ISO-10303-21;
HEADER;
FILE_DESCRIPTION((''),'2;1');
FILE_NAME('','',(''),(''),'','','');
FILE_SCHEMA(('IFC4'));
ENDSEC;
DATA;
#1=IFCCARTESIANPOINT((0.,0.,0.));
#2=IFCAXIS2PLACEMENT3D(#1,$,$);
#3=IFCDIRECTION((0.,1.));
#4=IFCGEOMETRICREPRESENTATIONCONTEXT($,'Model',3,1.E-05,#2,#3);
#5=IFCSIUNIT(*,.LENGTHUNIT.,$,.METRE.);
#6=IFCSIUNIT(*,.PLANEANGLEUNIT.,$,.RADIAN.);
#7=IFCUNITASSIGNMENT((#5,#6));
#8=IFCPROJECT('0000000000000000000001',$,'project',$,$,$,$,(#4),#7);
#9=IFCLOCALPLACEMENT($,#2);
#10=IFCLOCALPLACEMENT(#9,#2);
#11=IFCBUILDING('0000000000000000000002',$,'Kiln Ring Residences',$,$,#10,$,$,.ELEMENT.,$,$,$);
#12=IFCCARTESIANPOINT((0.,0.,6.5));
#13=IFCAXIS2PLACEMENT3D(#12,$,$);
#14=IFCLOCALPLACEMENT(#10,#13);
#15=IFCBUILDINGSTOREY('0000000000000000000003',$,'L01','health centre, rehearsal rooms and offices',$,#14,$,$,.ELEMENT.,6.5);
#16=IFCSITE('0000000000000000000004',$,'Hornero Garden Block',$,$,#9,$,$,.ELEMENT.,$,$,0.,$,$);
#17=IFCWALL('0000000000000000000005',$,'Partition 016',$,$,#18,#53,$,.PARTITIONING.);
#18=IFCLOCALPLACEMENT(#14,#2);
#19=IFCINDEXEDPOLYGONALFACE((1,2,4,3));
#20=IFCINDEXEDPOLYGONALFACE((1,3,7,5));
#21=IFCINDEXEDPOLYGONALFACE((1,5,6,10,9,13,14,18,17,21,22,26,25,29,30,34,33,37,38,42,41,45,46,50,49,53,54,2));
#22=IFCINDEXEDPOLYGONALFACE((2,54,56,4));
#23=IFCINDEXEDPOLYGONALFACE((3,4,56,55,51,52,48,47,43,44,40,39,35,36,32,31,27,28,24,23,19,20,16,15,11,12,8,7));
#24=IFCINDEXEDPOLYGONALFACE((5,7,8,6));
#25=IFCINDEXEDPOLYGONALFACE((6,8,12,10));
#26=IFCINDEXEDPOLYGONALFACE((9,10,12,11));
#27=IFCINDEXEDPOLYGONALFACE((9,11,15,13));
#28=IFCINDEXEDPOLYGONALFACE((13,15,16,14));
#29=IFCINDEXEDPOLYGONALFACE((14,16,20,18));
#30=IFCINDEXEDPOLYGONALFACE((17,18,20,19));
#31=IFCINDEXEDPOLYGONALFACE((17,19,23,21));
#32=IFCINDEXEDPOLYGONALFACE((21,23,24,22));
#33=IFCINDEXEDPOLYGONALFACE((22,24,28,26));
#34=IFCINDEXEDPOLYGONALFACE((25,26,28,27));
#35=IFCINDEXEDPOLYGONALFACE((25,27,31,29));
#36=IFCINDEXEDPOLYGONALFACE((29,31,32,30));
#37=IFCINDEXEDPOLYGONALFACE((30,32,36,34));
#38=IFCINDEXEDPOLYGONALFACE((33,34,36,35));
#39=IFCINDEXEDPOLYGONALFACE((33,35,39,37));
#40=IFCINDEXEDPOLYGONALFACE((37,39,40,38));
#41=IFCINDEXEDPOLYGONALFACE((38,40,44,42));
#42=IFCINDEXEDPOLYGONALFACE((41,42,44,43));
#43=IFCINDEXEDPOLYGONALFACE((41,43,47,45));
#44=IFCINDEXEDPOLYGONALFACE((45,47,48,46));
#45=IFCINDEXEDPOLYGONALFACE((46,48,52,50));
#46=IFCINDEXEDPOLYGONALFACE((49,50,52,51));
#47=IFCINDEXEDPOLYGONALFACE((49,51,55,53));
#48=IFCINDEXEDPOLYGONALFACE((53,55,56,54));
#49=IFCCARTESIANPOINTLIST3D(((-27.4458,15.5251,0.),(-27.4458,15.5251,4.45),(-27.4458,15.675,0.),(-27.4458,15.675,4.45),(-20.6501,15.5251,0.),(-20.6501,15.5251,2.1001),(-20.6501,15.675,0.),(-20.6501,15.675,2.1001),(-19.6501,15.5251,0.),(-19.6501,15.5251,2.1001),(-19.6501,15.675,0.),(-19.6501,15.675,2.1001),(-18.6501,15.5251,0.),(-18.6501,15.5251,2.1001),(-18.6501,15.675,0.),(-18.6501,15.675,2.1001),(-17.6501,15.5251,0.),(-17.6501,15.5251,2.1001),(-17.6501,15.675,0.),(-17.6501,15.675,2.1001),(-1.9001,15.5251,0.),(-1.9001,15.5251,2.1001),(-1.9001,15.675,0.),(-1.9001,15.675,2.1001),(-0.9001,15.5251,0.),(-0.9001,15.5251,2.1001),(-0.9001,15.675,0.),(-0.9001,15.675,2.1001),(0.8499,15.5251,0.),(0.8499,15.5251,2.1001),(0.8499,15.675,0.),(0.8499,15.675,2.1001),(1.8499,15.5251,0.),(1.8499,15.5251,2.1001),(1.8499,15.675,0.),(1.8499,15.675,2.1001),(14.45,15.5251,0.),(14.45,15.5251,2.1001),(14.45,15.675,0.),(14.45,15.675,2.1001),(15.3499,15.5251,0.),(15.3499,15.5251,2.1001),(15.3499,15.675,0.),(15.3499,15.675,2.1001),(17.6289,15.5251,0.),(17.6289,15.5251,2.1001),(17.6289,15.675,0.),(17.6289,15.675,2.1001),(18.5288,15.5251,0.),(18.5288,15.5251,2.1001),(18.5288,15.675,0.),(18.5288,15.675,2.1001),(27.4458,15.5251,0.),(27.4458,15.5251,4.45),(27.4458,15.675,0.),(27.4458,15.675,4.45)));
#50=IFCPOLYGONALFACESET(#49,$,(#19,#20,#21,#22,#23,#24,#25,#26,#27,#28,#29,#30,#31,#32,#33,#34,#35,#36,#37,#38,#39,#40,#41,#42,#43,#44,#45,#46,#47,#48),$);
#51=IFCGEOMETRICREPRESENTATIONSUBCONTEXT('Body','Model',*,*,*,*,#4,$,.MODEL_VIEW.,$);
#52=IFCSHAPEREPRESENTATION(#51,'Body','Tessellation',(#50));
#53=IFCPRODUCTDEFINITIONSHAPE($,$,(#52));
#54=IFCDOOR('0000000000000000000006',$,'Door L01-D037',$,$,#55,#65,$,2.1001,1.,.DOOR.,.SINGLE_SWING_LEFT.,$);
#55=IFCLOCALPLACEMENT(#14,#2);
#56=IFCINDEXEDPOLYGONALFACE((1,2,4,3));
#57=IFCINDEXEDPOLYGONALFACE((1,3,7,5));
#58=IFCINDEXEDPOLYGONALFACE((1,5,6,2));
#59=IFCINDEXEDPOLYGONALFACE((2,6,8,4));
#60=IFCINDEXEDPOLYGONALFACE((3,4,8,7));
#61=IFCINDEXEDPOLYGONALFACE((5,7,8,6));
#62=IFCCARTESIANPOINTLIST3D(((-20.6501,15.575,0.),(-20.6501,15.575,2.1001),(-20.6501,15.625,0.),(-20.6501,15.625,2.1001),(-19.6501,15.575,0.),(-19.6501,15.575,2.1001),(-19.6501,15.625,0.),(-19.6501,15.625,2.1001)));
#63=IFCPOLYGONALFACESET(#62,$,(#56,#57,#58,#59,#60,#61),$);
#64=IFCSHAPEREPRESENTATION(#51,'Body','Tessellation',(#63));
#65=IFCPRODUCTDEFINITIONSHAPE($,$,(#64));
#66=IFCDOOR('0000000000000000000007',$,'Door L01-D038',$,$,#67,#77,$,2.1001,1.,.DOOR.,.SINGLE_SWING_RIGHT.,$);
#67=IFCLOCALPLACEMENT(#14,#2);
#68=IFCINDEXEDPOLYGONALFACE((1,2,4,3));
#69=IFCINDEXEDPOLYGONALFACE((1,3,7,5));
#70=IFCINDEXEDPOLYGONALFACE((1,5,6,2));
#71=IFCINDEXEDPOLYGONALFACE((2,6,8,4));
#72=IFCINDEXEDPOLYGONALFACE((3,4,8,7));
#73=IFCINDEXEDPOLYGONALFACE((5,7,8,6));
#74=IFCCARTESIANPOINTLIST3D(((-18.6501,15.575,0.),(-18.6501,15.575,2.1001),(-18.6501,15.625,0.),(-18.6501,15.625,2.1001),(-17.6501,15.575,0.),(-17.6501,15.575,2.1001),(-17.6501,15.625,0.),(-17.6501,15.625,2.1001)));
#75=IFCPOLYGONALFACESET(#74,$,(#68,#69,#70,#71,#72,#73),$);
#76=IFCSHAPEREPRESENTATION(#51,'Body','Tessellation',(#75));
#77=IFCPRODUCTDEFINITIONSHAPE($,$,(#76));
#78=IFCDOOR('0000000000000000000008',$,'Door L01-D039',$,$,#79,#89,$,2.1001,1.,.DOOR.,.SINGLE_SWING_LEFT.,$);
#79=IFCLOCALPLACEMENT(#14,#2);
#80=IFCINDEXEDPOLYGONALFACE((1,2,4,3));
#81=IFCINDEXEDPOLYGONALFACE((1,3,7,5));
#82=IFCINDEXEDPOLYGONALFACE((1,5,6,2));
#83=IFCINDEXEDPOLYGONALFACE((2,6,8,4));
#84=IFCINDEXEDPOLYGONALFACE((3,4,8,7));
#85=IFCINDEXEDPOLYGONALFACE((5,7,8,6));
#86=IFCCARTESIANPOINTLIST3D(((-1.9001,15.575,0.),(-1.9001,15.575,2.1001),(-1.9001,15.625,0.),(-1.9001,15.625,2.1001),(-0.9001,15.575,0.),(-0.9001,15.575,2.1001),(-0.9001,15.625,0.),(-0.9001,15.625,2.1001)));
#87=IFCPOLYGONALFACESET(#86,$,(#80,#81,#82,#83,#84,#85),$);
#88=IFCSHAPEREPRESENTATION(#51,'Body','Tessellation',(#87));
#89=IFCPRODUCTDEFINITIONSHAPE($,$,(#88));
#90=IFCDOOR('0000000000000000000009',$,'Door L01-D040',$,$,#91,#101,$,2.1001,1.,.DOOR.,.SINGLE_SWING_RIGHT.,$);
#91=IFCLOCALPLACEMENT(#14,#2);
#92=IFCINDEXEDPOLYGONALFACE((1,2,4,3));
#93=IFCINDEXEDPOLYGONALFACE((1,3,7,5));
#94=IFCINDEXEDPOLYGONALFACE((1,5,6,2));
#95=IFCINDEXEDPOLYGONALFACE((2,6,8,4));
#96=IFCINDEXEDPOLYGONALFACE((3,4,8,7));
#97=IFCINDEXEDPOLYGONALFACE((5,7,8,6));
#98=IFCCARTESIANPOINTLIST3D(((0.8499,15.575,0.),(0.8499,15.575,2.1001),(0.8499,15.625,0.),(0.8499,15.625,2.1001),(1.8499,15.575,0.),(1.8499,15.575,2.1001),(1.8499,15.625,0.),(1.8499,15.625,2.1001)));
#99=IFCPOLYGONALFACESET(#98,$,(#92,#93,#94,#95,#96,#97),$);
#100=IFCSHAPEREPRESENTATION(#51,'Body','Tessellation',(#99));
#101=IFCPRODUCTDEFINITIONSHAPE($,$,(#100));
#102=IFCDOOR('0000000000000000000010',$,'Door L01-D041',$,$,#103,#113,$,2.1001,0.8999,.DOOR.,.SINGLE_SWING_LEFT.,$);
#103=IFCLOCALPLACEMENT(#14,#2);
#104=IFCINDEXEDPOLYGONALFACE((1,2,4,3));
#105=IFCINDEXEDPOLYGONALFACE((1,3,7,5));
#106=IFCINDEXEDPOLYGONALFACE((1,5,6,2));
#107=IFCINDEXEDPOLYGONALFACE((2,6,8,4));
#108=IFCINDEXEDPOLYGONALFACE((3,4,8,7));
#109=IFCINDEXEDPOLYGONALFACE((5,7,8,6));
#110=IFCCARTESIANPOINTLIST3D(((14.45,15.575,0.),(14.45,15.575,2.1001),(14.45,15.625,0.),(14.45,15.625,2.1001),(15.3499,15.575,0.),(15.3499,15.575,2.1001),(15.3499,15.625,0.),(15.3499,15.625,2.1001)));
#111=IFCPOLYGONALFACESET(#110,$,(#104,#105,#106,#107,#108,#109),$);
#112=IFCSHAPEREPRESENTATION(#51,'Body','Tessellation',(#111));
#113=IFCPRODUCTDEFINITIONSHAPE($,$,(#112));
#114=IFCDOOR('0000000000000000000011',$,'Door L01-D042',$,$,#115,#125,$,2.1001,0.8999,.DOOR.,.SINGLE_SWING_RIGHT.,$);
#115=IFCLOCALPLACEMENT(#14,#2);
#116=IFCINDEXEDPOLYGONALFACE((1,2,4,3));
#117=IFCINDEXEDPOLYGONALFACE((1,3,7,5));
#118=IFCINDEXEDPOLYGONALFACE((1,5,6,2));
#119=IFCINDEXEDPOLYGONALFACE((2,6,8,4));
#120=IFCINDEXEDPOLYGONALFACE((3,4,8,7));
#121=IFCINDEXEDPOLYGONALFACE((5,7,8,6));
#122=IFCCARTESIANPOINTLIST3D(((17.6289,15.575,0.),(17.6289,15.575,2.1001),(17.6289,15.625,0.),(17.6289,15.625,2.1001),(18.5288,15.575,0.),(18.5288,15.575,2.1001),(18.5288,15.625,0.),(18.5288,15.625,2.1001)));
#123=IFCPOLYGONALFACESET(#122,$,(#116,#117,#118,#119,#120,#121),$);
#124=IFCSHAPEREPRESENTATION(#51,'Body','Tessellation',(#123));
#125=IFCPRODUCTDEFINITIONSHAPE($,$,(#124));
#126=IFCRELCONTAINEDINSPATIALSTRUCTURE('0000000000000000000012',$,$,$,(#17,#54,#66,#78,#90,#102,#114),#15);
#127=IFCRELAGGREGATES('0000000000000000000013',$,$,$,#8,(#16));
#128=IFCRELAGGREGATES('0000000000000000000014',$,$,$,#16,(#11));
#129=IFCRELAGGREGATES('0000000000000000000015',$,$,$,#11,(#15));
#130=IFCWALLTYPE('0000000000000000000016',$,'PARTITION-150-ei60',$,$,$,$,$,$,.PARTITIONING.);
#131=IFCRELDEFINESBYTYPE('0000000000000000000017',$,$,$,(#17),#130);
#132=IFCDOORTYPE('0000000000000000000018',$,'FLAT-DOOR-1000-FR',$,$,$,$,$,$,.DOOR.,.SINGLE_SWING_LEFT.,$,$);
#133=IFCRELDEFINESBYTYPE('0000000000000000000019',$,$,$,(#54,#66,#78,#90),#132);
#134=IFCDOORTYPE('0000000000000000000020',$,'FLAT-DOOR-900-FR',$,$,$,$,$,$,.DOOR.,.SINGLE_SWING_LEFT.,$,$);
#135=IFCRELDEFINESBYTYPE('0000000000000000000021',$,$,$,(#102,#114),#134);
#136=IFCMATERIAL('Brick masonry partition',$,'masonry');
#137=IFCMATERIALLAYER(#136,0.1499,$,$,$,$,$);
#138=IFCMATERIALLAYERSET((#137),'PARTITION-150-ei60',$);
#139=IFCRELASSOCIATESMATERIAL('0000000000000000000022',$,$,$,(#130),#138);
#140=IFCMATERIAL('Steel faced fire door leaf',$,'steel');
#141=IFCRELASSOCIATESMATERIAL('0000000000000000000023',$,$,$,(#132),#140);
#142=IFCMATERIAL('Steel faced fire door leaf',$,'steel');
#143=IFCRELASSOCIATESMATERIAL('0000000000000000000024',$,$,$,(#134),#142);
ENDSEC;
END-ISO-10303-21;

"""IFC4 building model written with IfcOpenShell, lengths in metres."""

from ifc_helpers import new_model, si_unit, direction, frame, frame_2d, origin, place, context, subcontext, project, spatial, rectangle, extrude, material, layer, layer_set, type_object, element, fill, save


model = new_model("IFC4")

# Units and contexts
model_context = context("Model", 3, precision=1e-05, world=origin(), true_north=direction((0.0, 1.0)))
body_context = subcontext(model_context, "Body", "Model", "MODEL_VIEW")
ifc_project = project(units=[si_unit("LENGTHUNIT", "METRE"), si_unit("PLANEANGLEUNIT", "RADIAN")], contexts=[model_context])

# Site, building, storey
site_placement = place(None, origin())
site = spatial("IfcSite", under=ifc_project, at=site_placement, Name="Hornero Garden Block", CompositionType="ELEMENT", RefElevation=0.0)
building_placement = place(site_placement, origin())
building = spatial("IfcBuilding", under=site, at=building_placement, Name="Kiln Ring Residences", CompositionType="ELEMENT")
storey_placement = place(building_placement, frame((0.0, 0.0, 6.5)))
storey = spatial("IfcBuildingStorey", under=building, at=storey_placement, Name="L01", Description="health centre, rehearsal rooms and offices", CompositionType="ELEMENT", Elevation=6.5)

# Wall, openings, doors
ifc_material_1 = material(Name="Brick masonry partition", Category="masonry")
ifc_layer_1 = layer(ifc_material_1, 0.1499)
ifc_layer_set_1 = layer_set([ifc_layer_1], Name="PARTITION-150-ei60")
wall_type_1 = type_object("IfcWallType", Name="PARTITION-150-ei60", PredefinedType="PARTITIONING", material=ifc_layer_set_1)
wall_1_placement = place(storey_placement, frame((-27.4458, 15.6001, 0.0), z_axis=(0.0, 0.0, 1.0), x_axis=(1.0, 0.0, 0.0)))
wall_1 = element("IfcWall", 1, at=wall_1_placement, inside=storey, type_object=wall_type_1, Name="Partition 016", PredefinedType="PARTITIONING", context=body_context, shape_type="SweptSolid", body=[
    extrude(rectangle(XDim=54.8916, YDim=0.1499, at=frame_2d((27.4458, 0.0))), origin(), (0.0, 0.0, 1.0), 4.45),
])
opening_1_placement = place(wall_1_placement, frame((6.7957, 0.0, 0.0)))
opening_1 = element("IfcOpeningElement", 2, at=opening_1_placement, cuts=wall_1, PredefinedType="OPENING", context=body_context, shape_type="SweptSolid", body=[
    extrude(rectangle(XDim=1.0, YDim=2.1001, at=frame_2d((0.5, 1.05))), frame((0.0, 0.085, 0.0), z_axis=(0.0, -1.0, 0.0), x_axis=(1.0, 0.0, 0.0)), (0.0, 0.0, 1.0), 0.1699),
])
opening_2_placement = place(wall_1_placement, frame((8.7957, 0.0, 0.0)))
opening_2 = element("IfcOpeningElement", 3, at=opening_2_placement, cuts=wall_1, PredefinedType="OPENING", context=body_context, shape_type="SweptSolid", body=[
    extrude(rectangle(XDim=1.0, YDim=2.1001, at=frame_2d((0.5, 1.05))), frame((0.0, 0.085, 0.0), z_axis=(0.0, -1.0, 0.0), x_axis=(1.0, 0.0, 0.0)), (0.0, 0.0, 1.0), 0.1699),
])
opening_3_placement = place(wall_1_placement, frame((25.5457, 0.0, 0.0)))
opening_3 = element("IfcOpeningElement", 4, at=opening_3_placement, cuts=wall_1, PredefinedType="OPENING", context=body_context, shape_type="SweptSolid", body=[
    extrude(rectangle(XDim=1.0, YDim=2.1001, at=frame_2d((0.5, 1.05))), frame((0.0, 0.085, 0.0), z_axis=(0.0, -1.0, 0.0), x_axis=(1.0, 0.0, 0.0)), (0.0, 0.0, 1.0), 0.1699),
])
opening_4_placement = place(wall_1_placement, frame((28.2957, 0.0, 0.0)))
opening_4 = element("IfcOpeningElement", 5, at=opening_4_placement, cuts=wall_1, PredefinedType="OPENING", context=body_context, shape_type="SweptSolid", body=[
    extrude(rectangle(XDim=1.0, YDim=2.1001, at=frame_2d((0.5, 1.05))), frame((0.0, 0.085, 0.0), z_axis=(0.0, -1.0, 0.0), x_axis=(1.0, 0.0, 0.0)), (0.0, 0.0, 1.0), 0.1699),
])
opening_5_placement = place(wall_1_placement, frame((41.8958, 0.0, 0.0)))
opening_5 = element("IfcOpeningElement", 6, at=opening_5_placement, cuts=wall_1, PredefinedType="OPENING", context=body_context, shape_type="SweptSolid", body=[
    extrude(rectangle(XDim=0.8999, YDim=2.1001, at=frame_2d((0.45, 1.05))), frame((0.0, 0.085, 0.0), z_axis=(0.0, -1.0, 0.0), x_axis=(1.0, 0.0, 0.0)), (0.0, 0.0, 1.0), 0.1699),
])
opening_6_placement = place(wall_1_placement, frame((45.0747, 0.0, 0.0)))
opening_6 = element("IfcOpeningElement", 7, at=opening_6_placement, cuts=wall_1, PredefinedType="OPENING", context=body_context, shape_type="SweptSolid", body=[
    extrude(rectangle(XDim=0.8999, YDim=2.1001, at=frame_2d((0.45, 1.05))), frame((0.0, 0.085, 0.0), z_axis=(0.0, -1.0, 0.0), x_axis=(1.0, 0.0, 0.0)), (0.0, 0.0, 1.0), 0.1699),
])
ifc_material_2 = material(Name="Steel faced fire door leaf", Category="steel")
door_type_1 = type_object("IfcDoorType", Name="FLAT-DOOR-1000-FR", OperationType="SINGLE_SWING_LEFT", PredefinedType="DOOR", material=ifc_material_2)
door_1_placement = place(opening_1_placement, origin())
door_1 = element("IfcDoor", 8, at=door_1_placement, inside=storey, type_object=door_type_1, Name="Door L01-D037", OperationType="SINGLE_SWING_LEFT", OverallHeight=2.1001, OverallWidth=1.0, PredefinedType="DOOR", context=body_context, shape_type="SweptSolid", body=[
    extrude(rectangle(XDim=1.0, YDim=2.1001, at=frame_2d((0.5, 1.05))), frame((0.0, 0.0249, 0.0), z_axis=(0.0, -1.0, 0.0), x_axis=(1.0, 0.0, 0.0)), (0.0, 0.0, 1.0), 0.05),
])
fill(opening_1, door_1)
door_2_placement = place(opening_2_placement, origin())
door_2 = element("IfcDoor", 9, at=door_2_placement, inside=storey, type_object=door_type_1, Name="Door L01-D038", OperationType="SINGLE_SWING_RIGHT", OverallHeight=2.1001, OverallWidth=1.0, PredefinedType="DOOR", context=body_context, shape_type="SweptSolid", body=[
    extrude(rectangle(XDim=1.0, YDim=2.1001, at=frame_2d((0.5, 1.05))), frame((0.0, 0.0249, 0.0), z_axis=(0.0, -1.0, 0.0), x_axis=(1.0, 0.0, 0.0)), (0.0, 0.0, 1.0), 0.05),
])
fill(opening_2, door_2)
door_3_placement = place(opening_3_placement, origin())
door_3 = element("IfcDoor", 10, at=door_3_placement, inside=storey, type_object=door_type_1, Name="Door L01-D039", OperationType="SINGLE_SWING_LEFT", OverallHeight=2.1001, OverallWidth=1.0, PredefinedType="DOOR", context=body_context, shape_type="SweptSolid", body=[
    extrude(rectangle(XDim=1.0, YDim=2.1001, at=frame_2d((0.5, 1.05))), frame((0.0, 0.0249, 0.0), z_axis=(0.0, -1.0, 0.0), x_axis=(1.0, 0.0, 0.0)), (0.0, 0.0, 1.0), 0.05),
])
fill(opening_3, door_3)
door_4_placement = place(opening_4_placement, origin())
door_4 = element("IfcDoor", 11, at=door_4_placement, inside=storey, type_object=door_type_1, Name="Door L01-D040", OperationType="SINGLE_SWING_RIGHT", OverallHeight=2.1001, OverallWidth=1.0, PredefinedType="DOOR", context=body_context, shape_type="SweptSolid", body=[
    extrude(rectangle(XDim=1.0, YDim=2.1001, at=frame_2d((0.5, 1.05))), frame((0.0, 0.0249, 0.0), z_axis=(0.0, -1.0, 0.0), x_axis=(1.0, 0.0, 0.0)), (0.0, 0.0, 1.0), 0.05),
])
fill(opening_4, door_4)
ifc_material_3 = material(Name="Steel faced fire door leaf", Category="steel")
door_type_2 = type_object("IfcDoorType", Name="FLAT-DOOR-900-FR", OperationType="SINGLE_SWING_LEFT", PredefinedType="DOOR", material=ifc_material_3)
door_5_placement = place(opening_5_placement, origin())
door_5 = element("IfcDoor", 12, at=door_5_placement, inside=storey, type_object=door_type_2, Name="Door L01-D041", OperationType="SINGLE_SWING_LEFT", OverallHeight=2.1001, OverallWidth=0.8999, PredefinedType="DOOR", context=body_context, shape_type="SweptSolid", body=[
    extrude(rectangle(XDim=0.8999, YDim=2.1001, at=frame_2d((0.45, 1.05))), frame((0.0, 0.0249, 0.0), z_axis=(0.0, -1.0, 0.0), x_axis=(1.0, 0.0, 0.0)), (0.0, 0.0, 1.0), 0.05),
])
fill(opening_5, door_5)
door_6_placement = place(opening_6_placement, origin())
door_6 = element("IfcDoor", 13, at=door_6_placement, inside=storey, type_object=door_type_2, Name="Door L01-D042", OperationType="SINGLE_SWING_RIGHT", OverallHeight=2.1001, OverallWidth=0.8999, PredefinedType="DOOR", context=body_context, shape_type="SweptSolid", body=[
    extrude(rectangle(XDim=0.8999, YDim=2.1001, at=frame_2d((0.45, 1.05))), frame((0.0, 0.0249, 0.0), z_axis=(0.0, -1.0, 0.0), x_axis=(1.0, 0.0, 0.0)), (0.0, 0.0, 1.0), 0.05),
])
fill(opening_6, door_6)

save(model, "model.ifc")
